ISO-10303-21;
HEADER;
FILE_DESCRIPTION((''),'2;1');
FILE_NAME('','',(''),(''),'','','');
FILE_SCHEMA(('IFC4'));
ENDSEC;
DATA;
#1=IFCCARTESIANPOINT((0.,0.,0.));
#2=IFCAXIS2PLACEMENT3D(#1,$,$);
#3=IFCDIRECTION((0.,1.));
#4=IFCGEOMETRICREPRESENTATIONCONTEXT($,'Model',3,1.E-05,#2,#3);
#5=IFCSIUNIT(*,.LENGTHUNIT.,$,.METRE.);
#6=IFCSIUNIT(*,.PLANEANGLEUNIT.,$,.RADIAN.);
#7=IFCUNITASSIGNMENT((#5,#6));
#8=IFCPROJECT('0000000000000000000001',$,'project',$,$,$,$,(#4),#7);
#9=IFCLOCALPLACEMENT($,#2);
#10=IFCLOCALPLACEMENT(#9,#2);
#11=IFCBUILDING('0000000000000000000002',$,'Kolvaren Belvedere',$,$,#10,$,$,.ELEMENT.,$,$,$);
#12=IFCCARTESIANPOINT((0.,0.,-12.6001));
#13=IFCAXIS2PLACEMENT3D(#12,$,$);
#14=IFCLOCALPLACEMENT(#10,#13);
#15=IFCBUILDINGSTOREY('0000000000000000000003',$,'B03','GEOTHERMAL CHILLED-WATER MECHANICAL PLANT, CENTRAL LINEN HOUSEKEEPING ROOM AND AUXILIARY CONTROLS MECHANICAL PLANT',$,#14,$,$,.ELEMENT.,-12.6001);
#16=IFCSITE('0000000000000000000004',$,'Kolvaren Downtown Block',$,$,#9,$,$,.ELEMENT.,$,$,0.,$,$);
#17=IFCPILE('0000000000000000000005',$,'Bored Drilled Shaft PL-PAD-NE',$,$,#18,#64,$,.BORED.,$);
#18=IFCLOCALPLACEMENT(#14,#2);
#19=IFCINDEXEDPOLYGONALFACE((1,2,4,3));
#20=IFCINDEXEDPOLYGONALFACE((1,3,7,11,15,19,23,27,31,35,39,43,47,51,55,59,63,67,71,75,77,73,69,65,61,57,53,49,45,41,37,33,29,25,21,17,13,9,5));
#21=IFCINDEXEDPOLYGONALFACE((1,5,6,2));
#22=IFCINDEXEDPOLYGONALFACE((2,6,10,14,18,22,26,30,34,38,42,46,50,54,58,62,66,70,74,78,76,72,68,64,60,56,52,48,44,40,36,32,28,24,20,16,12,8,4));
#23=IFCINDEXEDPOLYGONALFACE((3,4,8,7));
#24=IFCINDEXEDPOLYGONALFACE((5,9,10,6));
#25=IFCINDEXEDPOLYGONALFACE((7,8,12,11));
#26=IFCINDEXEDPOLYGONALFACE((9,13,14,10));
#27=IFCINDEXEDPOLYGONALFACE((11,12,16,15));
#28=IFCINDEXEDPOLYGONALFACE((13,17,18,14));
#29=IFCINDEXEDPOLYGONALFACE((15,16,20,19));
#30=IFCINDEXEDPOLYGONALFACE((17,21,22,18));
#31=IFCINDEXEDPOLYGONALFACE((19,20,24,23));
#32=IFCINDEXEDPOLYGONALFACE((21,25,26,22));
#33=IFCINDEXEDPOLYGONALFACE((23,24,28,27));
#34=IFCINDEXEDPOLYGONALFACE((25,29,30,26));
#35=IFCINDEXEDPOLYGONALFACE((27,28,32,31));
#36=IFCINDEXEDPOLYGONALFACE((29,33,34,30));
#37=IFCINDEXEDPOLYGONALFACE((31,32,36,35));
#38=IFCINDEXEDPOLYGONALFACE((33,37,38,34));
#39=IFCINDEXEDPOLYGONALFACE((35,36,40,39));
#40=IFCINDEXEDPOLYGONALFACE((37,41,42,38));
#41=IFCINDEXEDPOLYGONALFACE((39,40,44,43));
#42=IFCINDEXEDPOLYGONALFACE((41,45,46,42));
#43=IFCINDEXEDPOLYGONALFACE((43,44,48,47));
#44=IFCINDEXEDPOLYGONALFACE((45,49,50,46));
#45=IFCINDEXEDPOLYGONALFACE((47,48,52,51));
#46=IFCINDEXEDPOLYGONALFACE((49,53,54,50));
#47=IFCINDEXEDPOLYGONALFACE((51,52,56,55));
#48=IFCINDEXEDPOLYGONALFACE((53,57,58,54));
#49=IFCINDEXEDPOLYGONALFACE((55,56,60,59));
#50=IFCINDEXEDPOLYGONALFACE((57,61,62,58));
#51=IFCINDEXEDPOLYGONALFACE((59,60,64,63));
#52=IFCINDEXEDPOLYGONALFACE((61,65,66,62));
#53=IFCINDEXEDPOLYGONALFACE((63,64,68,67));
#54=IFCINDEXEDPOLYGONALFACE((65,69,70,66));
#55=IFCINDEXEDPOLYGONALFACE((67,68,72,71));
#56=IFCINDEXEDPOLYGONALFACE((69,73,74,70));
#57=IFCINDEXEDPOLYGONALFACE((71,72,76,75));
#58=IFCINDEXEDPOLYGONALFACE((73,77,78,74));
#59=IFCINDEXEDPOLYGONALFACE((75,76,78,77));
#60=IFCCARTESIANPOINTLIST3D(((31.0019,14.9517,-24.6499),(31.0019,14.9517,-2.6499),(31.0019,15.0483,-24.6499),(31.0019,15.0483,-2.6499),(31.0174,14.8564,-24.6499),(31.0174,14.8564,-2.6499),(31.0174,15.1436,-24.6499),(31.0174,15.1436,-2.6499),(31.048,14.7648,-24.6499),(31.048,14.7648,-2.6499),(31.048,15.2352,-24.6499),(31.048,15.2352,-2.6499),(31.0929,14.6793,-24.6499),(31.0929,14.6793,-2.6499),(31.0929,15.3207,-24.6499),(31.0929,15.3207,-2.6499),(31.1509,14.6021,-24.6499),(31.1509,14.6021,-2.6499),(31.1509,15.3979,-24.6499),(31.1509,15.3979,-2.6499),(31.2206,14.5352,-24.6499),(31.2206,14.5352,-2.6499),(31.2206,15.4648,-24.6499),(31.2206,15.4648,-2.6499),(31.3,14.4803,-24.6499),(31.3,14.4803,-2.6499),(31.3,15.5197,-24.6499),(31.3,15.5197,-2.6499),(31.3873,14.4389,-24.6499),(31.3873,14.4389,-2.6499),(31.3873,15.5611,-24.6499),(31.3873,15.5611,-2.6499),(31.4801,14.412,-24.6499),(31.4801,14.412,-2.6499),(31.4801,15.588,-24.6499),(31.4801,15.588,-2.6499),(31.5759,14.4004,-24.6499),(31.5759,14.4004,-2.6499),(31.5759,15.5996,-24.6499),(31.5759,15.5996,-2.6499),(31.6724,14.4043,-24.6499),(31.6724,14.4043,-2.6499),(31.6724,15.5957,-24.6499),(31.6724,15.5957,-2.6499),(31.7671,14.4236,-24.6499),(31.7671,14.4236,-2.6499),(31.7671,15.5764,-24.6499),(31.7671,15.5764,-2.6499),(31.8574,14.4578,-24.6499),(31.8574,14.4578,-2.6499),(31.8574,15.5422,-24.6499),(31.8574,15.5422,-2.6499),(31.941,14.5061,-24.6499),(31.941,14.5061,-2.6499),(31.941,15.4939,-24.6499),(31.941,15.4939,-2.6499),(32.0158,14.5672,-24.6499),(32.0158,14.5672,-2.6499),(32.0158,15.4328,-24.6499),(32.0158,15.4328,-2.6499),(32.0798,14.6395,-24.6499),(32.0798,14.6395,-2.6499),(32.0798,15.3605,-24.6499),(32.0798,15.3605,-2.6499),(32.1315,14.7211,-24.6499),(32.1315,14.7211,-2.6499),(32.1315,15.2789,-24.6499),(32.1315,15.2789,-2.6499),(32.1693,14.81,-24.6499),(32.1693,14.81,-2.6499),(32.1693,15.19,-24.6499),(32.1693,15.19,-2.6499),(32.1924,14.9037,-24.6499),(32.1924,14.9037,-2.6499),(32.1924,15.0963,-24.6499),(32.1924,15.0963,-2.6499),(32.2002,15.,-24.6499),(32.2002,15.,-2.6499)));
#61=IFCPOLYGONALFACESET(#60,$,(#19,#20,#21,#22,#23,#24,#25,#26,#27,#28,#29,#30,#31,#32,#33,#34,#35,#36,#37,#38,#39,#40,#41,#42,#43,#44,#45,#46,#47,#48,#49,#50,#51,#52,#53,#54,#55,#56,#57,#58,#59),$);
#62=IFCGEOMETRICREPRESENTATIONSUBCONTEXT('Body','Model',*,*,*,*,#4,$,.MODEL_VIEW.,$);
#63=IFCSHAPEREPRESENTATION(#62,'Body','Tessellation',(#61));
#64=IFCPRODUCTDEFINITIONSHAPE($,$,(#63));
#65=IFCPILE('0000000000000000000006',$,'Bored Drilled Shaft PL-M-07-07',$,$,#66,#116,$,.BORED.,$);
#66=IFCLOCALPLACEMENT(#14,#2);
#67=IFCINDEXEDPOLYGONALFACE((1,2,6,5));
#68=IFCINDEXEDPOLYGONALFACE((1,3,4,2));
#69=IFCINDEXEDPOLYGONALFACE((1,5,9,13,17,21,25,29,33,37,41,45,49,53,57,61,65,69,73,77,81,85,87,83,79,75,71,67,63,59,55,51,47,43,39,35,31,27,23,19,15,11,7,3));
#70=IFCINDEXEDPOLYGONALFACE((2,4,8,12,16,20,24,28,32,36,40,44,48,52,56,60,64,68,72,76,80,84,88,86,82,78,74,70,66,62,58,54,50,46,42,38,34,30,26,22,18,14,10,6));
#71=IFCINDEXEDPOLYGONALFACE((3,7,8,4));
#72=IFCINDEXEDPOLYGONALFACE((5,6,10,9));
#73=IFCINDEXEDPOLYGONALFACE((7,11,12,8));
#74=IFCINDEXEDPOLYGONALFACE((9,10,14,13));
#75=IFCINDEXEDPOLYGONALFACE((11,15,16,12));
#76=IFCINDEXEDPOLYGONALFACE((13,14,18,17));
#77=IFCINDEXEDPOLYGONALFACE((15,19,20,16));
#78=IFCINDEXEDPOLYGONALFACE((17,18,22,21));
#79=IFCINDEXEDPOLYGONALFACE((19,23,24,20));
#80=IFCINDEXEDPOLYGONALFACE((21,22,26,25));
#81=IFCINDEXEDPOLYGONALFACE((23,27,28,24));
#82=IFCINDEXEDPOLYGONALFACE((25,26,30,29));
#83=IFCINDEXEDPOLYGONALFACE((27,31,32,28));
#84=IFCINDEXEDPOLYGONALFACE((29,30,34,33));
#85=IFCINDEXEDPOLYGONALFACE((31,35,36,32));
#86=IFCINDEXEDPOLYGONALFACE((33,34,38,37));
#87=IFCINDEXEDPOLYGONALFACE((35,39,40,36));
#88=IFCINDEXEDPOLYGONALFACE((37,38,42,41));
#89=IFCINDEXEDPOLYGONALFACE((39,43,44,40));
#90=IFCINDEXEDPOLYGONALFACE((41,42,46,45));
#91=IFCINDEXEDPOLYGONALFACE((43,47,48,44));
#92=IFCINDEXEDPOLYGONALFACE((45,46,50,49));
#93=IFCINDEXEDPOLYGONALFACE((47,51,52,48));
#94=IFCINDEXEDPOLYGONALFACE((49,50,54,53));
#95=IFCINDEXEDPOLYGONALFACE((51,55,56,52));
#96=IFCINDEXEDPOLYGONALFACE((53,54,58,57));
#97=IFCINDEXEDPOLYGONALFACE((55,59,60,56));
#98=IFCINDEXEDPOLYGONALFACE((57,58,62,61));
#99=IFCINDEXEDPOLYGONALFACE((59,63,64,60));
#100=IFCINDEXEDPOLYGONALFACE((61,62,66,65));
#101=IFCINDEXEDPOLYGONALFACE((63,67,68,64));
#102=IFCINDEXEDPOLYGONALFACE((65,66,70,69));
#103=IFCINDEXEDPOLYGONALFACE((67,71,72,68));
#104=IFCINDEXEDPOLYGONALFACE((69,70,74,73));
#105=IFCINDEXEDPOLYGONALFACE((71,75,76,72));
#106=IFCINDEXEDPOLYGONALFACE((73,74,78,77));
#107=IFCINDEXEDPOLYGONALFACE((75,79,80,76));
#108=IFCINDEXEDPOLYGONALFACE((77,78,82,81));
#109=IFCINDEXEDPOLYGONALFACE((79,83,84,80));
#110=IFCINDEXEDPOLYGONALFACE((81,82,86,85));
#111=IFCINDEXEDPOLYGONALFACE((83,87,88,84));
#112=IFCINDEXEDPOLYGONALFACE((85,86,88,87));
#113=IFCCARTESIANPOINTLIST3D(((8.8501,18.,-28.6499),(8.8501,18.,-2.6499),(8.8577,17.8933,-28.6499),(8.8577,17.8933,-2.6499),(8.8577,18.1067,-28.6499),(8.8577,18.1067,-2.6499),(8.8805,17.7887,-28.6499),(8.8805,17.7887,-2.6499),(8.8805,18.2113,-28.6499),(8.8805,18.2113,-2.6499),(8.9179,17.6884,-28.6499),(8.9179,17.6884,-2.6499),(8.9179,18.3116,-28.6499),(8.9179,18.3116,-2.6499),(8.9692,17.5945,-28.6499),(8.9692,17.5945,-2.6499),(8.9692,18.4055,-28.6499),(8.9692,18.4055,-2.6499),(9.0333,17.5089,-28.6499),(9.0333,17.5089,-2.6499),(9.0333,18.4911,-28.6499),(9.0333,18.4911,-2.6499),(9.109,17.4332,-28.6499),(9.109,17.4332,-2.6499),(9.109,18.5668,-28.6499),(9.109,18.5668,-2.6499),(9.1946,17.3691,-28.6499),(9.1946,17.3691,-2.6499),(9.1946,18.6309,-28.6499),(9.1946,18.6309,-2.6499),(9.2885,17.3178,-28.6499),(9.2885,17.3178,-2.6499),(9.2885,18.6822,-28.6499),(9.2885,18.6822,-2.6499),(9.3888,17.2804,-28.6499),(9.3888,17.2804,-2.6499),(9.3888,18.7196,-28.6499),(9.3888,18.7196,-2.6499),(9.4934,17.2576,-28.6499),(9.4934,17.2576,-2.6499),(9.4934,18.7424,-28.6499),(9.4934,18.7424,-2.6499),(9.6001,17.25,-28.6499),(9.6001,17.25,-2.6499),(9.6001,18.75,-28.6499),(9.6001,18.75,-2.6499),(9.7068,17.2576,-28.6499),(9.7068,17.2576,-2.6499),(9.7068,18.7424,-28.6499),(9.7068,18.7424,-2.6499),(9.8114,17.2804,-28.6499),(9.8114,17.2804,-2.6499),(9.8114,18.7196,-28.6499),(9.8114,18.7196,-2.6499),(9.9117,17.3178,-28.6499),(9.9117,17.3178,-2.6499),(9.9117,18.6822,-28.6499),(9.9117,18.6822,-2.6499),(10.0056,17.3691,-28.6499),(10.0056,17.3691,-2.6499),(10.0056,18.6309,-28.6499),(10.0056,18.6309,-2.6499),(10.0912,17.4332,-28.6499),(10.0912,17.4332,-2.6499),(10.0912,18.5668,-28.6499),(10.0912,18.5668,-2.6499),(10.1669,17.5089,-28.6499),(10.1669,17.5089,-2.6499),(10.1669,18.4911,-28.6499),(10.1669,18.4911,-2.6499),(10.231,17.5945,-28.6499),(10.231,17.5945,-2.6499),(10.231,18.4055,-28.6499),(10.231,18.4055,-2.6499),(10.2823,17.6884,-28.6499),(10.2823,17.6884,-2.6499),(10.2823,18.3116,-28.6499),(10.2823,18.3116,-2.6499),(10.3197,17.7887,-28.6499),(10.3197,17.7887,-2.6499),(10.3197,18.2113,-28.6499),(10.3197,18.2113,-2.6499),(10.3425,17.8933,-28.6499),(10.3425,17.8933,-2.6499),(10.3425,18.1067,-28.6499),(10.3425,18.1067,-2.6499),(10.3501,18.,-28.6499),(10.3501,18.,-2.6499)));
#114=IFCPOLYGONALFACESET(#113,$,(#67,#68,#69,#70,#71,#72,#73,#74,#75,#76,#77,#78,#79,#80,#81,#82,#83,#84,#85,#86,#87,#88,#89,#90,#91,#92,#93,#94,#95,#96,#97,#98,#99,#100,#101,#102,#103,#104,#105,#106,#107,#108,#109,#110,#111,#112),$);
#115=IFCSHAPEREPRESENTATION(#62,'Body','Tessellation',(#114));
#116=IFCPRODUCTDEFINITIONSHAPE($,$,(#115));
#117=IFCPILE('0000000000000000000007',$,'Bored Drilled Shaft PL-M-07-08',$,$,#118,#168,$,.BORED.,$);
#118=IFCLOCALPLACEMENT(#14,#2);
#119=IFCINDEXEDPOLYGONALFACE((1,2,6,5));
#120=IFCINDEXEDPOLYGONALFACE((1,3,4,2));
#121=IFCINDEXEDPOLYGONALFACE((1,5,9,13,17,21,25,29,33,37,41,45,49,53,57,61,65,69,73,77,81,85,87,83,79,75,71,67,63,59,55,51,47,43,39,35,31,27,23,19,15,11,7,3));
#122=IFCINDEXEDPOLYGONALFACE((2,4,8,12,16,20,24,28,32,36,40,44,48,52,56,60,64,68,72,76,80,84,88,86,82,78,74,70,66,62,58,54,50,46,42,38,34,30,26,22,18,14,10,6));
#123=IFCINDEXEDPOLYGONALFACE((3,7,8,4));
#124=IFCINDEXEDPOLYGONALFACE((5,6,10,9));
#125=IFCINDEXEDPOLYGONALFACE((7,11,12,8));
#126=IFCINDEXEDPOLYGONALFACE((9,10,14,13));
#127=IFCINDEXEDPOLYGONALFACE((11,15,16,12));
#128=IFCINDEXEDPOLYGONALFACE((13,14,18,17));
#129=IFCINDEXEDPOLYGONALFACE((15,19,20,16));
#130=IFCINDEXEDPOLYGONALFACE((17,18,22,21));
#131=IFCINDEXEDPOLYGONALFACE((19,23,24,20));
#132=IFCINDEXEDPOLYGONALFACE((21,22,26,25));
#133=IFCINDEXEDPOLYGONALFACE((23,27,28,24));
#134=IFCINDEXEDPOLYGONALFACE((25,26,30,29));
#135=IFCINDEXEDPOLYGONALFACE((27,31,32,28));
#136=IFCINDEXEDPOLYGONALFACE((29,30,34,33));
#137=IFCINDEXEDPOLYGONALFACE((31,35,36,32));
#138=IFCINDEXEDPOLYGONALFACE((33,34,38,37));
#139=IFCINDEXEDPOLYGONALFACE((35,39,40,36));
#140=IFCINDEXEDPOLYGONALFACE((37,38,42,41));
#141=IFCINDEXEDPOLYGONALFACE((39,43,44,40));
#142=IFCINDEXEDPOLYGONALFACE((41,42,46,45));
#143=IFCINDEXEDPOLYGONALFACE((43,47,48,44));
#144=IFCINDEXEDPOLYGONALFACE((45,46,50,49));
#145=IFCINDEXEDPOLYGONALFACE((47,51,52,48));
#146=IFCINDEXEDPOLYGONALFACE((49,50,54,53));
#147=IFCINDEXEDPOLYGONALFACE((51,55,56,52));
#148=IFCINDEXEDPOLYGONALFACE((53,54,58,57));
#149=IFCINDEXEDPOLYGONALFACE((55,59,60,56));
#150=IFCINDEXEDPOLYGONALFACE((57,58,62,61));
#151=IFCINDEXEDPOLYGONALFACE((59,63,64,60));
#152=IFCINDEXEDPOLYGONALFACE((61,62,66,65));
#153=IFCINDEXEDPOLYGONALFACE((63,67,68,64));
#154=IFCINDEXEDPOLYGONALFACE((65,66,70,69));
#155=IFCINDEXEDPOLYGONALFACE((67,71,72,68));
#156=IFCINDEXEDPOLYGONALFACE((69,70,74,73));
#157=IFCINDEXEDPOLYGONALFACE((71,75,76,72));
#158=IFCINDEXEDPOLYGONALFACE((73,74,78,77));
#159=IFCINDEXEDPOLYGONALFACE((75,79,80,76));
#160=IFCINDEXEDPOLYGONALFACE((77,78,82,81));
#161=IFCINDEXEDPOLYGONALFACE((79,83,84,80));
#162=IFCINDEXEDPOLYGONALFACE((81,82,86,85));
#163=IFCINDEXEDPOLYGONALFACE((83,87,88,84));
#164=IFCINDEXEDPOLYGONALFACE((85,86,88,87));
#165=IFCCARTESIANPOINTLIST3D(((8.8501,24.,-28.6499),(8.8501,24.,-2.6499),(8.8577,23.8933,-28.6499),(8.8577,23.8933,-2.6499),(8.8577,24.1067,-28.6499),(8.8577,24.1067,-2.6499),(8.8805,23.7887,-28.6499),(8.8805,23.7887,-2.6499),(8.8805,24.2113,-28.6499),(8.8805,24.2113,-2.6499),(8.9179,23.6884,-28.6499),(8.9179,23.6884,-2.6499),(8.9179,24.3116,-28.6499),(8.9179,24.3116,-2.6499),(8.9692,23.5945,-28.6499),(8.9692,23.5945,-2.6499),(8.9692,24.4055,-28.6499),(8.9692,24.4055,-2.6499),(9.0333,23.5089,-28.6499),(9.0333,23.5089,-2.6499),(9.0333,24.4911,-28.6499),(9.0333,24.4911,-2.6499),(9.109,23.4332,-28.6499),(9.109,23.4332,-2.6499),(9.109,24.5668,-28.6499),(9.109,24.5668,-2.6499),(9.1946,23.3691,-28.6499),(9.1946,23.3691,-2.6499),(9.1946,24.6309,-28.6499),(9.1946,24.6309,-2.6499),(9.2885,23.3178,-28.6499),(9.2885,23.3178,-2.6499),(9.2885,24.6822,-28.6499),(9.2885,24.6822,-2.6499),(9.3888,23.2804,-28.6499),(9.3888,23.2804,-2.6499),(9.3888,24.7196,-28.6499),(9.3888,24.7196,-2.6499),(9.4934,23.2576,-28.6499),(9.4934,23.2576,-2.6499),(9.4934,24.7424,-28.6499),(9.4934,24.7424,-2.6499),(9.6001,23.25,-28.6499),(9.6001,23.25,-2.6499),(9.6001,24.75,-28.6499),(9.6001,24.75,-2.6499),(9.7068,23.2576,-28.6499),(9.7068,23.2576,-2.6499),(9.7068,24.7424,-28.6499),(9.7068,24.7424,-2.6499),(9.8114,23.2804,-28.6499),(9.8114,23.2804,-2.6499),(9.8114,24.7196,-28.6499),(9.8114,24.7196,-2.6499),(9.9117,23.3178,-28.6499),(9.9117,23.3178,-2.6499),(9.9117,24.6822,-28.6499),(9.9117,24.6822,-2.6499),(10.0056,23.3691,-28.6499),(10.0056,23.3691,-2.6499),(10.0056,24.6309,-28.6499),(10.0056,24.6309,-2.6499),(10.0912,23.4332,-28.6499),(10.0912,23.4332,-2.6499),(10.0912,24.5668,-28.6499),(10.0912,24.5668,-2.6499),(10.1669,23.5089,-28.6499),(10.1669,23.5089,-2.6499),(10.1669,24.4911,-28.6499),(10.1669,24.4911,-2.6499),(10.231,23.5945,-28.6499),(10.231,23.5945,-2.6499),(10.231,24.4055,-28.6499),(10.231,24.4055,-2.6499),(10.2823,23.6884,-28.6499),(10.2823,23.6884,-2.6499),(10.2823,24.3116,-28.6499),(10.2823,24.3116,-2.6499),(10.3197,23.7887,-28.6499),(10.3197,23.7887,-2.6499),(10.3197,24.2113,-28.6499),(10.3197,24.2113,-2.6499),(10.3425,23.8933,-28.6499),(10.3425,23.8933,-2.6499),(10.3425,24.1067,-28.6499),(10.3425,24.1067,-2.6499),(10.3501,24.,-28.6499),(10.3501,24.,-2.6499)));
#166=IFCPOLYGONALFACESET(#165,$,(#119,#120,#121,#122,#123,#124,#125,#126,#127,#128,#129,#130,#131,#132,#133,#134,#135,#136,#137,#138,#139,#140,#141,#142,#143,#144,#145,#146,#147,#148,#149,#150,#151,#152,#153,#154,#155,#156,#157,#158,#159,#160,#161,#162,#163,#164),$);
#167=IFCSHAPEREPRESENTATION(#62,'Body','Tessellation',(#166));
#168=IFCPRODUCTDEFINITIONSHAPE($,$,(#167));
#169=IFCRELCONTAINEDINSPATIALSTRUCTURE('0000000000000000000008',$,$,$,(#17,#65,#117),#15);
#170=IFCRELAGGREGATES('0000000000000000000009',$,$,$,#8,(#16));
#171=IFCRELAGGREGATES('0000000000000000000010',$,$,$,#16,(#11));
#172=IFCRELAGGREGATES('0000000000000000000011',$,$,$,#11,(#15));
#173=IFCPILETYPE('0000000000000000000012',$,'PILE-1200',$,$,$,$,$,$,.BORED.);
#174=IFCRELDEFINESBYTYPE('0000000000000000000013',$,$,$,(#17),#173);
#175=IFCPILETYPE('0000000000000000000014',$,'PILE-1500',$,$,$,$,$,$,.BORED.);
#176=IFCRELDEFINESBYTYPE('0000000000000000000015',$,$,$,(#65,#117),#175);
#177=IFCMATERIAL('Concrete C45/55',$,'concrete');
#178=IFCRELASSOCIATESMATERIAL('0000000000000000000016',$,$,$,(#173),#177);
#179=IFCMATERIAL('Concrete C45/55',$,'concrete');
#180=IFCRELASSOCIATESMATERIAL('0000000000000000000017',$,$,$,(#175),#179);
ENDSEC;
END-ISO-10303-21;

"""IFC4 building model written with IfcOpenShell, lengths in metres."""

from ifc_helpers import new_model, si_unit, direction, frame, origin, origin_2d, place, context, subcontext, project, spatial, circle, extrude, material, material_profile, profile_set, type_object, element, save


model = new_model("IFC4")

# Units and contexts
model_context = context("Model", 3, precision=1e-05, world=origin(), true_north=direction((0.0, 1.0)))
body_context = subcontext(model_context, "Body", "Model", "MODEL_VIEW")
ifc_project = project(units=[si_unit("LENGTHUNIT", "METRE"), si_unit("PLANEANGLEUNIT", "RADIAN")], contexts=[model_context])

# Site, building, storey
site_placement = place(None, origin())
site = spatial("IfcSite", under=ifc_project, at=site_placement, Name="Kolvaren Downtown Block", CompositionType="ELEMENT", RefElevation=0.0)
building_placement = place(site_placement, origin())
building = spatial("IfcBuilding", under=site, at=building_placement, Name="Kolvaren Belvedere", CompositionType="ELEMENT")
storey_placement = place(building_placement, frame((0.0, 0.0, -12.6001)))
storey = spatial("IfcBuildingStorey", under=building, at=storey_placement, Name="B03", Description="GEOTHERMAL CHILLED-WATER MECHANICAL PLANT, CENTRAL LINEN HOUSEKEEPING ROOM AND AUXILIARY CONTROLS MECHANICAL PLANT", CompositionType="ELEMENT", Elevation=-12.6001)

# Piles
ifc_material_1 = material(Name="Concrete C45/55", Category="concrete")
ifc_material_profile_1 = material_profile(ifc_material_1, circle(Radius=0.6001, at=origin_2d()), Name="BORED PILE D1200")
ifc_profile_set_1 = profile_set([ifc_material_profile_1], Name="Concrete C45/55")
pile_type_1 = type_object("IfcPileType", Name="PILE-1200", PredefinedType="BORED", material=ifc_profile_set_1)
for number, where, z_axis, x_axis, name in (
    (1, (31.6001, 15.0, -2.6499), (0.0, 0.0, -1.0), (1.0, 0.0, 0.0), "Bored Drilled Shaft PL-PAD-NE"),
):
    element("IfcPile", number, at=place(storey_placement, frame(where, z_axis=z_axis, x_axis=x_axis)), inside=storey, type_object=pile_type_1, Name=name, PredefinedType="BORED", context=body_context, shape_type="SweptSolid", body=[
        extrude(circle(Radius=0.6001, at=origin_2d()), origin(), (0.0, 0.0, 1.0), 22.0),
    ])
ifc_material_2 = material(Name="Concrete C45/55", Category="concrete")
ifc_material_profile_2 = material_profile(ifc_material_2, circle(Radius=0.75, at=origin_2d()), Name="BORED PILE D1500")
ifc_profile_set_2 = profile_set([ifc_material_profile_2], Name="Concrete C45/55")
pile_type_2 = type_object("IfcPileType", Name="PILE-1500", PredefinedType="BORED", material=ifc_profile_set_2)
for number, where, z_axis, x_axis, name in (
    (2, (9.6001, 18.0, -2.6499), (0.0, 0.0, -1.0), (1.0, 0.0, 0.0), "Bored Drilled Shaft PL-M-07-07"),
    (3, (9.6001, 24.0, -2.6499), (0.0, 0.0, -1.0), (1.0, 0.0, 0.0), "Bored Drilled Shaft PL-M-07-08"),
):
    element("IfcPile", number, at=place(storey_placement, frame(where, z_axis=z_axis, x_axis=x_axis)), inside=storey, type_object=pile_type_2, Name=name, PredefinedType="BORED", context=body_context, shape_type="SweptSolid", body=[
        extrude(circle(Radius=0.75, at=origin_2d()), origin(), (0.0, 0.0, 1.0), 26.0),
    ])

save(model, "model.ifc")
